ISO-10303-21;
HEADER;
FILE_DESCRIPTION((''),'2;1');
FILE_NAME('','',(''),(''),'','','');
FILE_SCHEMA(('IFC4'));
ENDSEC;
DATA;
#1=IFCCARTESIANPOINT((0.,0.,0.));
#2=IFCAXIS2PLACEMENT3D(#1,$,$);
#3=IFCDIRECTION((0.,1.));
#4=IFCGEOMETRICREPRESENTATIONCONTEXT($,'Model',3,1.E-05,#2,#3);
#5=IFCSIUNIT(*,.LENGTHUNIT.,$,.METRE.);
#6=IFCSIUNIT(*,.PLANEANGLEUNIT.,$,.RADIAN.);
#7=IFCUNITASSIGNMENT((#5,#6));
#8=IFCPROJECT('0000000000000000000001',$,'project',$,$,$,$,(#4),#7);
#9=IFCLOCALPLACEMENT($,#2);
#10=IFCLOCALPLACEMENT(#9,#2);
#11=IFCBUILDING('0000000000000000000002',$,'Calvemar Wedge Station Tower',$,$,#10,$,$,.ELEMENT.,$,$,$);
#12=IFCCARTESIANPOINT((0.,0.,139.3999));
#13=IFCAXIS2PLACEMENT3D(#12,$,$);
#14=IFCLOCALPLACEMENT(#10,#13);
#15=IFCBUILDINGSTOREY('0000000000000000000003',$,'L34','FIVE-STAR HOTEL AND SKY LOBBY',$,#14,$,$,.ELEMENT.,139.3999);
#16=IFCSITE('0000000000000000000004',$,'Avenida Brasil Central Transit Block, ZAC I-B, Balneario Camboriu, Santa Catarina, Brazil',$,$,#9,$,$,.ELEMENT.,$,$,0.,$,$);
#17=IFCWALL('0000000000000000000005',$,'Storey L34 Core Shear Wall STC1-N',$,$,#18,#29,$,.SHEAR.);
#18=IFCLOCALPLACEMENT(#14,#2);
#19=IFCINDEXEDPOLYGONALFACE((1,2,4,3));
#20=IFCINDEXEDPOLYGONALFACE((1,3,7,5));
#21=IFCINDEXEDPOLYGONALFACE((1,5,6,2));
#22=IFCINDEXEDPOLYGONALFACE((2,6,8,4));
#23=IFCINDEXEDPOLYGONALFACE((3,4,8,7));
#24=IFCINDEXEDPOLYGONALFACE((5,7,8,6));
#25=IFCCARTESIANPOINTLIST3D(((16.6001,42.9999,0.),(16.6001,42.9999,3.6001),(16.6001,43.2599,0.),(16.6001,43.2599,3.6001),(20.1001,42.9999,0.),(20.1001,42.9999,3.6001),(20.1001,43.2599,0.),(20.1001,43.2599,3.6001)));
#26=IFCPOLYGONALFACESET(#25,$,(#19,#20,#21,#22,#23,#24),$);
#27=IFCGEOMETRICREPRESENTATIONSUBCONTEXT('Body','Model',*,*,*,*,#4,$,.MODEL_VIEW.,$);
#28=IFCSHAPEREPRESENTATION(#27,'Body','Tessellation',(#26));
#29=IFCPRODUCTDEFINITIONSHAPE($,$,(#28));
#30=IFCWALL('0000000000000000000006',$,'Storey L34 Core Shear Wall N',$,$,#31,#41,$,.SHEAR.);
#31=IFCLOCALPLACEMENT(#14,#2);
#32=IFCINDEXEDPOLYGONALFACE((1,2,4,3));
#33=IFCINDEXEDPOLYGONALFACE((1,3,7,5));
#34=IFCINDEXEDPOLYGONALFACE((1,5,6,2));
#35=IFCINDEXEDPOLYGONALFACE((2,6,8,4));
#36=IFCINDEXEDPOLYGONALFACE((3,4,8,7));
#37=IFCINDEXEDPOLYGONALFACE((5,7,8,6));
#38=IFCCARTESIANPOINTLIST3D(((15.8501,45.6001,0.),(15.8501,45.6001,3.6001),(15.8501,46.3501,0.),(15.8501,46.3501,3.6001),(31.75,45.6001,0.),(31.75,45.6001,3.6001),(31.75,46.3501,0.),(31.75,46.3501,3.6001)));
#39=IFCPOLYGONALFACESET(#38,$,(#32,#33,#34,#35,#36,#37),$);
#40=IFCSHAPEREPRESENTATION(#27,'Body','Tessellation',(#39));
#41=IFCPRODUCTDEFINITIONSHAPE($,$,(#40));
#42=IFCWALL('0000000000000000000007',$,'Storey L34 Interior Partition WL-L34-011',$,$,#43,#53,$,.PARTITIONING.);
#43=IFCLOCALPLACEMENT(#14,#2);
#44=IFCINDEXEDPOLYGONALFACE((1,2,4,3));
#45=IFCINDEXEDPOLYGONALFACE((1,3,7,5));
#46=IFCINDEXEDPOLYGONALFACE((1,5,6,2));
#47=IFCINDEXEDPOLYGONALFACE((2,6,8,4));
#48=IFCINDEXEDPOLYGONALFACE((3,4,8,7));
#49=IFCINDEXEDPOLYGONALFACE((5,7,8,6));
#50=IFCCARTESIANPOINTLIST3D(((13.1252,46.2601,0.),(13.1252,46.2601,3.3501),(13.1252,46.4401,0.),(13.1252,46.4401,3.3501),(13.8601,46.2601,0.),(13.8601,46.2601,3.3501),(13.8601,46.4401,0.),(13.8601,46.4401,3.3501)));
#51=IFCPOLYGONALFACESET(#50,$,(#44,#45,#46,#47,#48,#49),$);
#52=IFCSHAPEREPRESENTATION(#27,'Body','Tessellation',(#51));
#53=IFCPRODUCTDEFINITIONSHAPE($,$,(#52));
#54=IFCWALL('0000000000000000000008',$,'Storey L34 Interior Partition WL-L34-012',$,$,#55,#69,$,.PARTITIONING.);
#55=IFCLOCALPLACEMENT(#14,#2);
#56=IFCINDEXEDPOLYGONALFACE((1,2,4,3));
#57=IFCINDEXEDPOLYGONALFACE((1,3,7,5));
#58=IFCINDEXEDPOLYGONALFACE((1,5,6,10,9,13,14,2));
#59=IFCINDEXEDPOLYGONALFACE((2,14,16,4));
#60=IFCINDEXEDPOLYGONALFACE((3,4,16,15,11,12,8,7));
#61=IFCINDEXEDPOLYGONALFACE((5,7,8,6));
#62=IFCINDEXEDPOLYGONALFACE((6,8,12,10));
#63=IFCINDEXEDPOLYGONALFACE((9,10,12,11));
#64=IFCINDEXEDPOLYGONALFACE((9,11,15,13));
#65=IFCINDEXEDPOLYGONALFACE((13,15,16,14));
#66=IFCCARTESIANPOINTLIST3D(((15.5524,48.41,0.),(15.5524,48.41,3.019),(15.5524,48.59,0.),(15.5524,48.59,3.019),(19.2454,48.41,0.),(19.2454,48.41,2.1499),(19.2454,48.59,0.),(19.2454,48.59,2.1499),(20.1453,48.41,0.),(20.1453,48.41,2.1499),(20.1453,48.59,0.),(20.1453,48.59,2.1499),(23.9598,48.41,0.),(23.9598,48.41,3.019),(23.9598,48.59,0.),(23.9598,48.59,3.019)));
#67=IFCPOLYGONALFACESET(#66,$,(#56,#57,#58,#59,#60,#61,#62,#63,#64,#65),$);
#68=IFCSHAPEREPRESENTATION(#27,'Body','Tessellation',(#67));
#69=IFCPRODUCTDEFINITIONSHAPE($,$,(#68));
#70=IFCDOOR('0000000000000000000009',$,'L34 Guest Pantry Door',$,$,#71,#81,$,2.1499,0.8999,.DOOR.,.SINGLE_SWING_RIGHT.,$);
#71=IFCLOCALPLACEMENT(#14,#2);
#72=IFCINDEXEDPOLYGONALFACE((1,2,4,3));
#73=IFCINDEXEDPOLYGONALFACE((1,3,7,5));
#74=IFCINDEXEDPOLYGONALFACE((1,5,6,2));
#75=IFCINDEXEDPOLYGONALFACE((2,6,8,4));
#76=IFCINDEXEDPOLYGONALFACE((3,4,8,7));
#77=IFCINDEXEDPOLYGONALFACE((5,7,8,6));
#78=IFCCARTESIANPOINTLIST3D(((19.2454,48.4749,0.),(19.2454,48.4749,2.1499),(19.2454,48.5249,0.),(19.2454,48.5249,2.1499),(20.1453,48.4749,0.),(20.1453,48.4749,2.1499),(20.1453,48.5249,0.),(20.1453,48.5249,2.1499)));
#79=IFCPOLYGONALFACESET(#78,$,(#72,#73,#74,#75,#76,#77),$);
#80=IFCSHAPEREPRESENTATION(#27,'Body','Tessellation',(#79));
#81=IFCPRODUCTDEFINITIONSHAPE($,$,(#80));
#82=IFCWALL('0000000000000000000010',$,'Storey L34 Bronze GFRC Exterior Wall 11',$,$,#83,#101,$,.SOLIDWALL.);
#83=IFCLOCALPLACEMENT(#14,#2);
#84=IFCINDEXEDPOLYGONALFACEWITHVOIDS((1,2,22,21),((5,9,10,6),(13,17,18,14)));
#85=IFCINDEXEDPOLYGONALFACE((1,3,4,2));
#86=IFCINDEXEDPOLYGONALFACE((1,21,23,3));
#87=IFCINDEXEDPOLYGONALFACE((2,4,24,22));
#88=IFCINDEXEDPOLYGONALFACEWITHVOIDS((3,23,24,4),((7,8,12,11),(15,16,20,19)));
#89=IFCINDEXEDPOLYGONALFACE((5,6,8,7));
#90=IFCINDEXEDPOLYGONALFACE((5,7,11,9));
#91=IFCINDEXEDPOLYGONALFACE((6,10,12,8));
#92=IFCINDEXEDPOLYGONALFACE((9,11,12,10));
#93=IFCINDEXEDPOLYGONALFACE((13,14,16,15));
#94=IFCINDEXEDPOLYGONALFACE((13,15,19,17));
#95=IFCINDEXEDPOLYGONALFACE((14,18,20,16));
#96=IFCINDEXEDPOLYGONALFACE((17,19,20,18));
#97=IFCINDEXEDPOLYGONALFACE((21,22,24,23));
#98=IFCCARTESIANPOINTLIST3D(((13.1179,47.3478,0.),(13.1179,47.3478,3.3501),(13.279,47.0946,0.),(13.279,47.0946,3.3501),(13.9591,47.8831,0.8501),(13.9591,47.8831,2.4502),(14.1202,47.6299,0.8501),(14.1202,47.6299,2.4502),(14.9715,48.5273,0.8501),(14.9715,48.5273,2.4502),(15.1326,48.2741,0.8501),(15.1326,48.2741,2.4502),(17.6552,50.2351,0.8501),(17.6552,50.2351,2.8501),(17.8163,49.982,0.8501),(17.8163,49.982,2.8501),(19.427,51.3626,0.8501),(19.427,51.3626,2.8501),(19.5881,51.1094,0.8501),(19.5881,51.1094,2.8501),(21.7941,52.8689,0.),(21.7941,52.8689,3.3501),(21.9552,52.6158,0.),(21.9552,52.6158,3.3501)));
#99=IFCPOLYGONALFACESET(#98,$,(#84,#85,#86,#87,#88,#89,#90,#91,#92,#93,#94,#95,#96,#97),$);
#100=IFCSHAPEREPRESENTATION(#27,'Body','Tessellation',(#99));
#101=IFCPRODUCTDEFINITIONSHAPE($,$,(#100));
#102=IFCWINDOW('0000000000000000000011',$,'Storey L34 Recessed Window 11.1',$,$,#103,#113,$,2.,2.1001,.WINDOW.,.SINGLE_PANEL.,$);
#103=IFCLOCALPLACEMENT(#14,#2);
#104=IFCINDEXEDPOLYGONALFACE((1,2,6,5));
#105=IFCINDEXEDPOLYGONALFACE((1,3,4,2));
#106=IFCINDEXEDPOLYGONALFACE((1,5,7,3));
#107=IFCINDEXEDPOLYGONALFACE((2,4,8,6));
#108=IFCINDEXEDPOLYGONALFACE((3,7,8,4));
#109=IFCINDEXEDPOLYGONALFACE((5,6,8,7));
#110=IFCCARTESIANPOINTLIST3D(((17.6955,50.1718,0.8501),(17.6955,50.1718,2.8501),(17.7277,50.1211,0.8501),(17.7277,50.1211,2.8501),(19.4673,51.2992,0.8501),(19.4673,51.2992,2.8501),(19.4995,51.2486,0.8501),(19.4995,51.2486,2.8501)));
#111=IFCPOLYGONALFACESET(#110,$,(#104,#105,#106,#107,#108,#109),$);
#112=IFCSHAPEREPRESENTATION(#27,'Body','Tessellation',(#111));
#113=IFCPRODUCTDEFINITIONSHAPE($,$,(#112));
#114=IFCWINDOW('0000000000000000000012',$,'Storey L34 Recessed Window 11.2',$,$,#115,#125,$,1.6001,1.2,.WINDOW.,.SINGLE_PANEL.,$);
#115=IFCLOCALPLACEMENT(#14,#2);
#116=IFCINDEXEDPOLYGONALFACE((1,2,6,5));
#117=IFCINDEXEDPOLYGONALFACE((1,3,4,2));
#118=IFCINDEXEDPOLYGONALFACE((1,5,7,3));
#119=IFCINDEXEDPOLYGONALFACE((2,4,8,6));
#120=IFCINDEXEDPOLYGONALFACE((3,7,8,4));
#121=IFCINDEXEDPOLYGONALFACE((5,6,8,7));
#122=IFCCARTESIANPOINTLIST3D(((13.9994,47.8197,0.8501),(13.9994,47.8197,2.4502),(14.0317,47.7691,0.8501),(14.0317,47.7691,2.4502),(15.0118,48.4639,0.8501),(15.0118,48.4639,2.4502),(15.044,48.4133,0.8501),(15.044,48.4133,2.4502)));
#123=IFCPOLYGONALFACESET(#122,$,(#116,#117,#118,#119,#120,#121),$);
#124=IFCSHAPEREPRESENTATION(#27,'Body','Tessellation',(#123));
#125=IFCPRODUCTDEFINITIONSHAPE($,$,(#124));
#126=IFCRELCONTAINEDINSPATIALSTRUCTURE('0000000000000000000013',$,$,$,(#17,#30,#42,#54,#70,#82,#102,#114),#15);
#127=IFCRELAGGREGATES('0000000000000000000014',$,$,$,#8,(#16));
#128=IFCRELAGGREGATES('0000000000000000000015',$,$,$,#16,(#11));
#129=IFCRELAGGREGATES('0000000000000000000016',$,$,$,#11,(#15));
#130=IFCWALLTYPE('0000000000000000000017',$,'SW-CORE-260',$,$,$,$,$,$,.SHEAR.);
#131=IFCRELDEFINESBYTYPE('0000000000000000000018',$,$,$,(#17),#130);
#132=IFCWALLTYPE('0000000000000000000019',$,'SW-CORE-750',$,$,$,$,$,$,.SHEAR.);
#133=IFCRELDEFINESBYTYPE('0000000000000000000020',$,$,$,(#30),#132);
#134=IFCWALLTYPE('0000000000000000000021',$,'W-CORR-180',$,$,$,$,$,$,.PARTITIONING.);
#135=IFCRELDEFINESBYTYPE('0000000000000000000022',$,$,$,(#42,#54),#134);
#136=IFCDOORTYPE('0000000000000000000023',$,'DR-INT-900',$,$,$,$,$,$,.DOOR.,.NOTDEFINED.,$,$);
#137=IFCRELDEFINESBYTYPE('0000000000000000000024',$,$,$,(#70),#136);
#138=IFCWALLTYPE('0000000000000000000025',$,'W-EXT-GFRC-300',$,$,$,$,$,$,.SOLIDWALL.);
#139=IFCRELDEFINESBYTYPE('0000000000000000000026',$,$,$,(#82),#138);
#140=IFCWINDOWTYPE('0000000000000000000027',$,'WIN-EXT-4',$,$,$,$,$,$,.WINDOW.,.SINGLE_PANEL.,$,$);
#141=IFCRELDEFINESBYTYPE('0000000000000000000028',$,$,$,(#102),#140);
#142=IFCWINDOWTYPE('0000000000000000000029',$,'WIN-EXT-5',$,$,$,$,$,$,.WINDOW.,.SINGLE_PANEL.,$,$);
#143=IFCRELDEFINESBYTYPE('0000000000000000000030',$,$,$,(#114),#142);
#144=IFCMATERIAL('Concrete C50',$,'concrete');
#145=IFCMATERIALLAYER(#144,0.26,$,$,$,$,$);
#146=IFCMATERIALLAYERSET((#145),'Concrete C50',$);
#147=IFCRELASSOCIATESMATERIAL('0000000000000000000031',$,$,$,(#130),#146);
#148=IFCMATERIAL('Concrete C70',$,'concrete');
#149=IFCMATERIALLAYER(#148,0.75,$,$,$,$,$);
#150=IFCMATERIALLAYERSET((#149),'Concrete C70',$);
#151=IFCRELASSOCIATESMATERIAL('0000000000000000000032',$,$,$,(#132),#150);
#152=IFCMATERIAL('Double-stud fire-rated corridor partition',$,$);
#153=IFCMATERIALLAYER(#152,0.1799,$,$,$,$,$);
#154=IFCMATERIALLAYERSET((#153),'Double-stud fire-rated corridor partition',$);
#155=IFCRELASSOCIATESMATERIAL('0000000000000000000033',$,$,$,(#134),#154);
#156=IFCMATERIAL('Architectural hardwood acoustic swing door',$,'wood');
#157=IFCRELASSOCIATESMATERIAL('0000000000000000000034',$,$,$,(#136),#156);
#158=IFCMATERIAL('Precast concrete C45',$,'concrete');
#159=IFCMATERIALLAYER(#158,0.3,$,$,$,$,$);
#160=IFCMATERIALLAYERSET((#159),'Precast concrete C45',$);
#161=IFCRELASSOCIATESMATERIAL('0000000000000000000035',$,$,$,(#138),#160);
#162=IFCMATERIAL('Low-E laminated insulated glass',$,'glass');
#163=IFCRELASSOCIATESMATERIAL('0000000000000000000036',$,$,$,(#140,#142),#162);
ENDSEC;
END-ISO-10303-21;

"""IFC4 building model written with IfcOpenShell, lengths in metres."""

from ifc_helpers import new_model, si_unit, direction, frame, frame_2d, origin, place, context, subcontext, project, spatial, rectangle, extrude, source, transform, mapped, material, layer, layer_set, type_object, element, fill, save


model = new_model("IFC4")

# Units and contexts
model_context = context("Model", 3, precision=1e-05, world=origin(), true_north=direction((0.0, 1.0)))
body_context = subcontext(model_context, "Body", "Model", "MODEL_VIEW")
ifc_project = project(units=[si_unit("LENGTHUNIT", "METRE"), si_unit("PLANEANGLEUNIT", "RADIAN")], contexts=[model_context])

# Site, building, storey
site_placement = place(None, origin())
site = spatial("IfcSite", under=ifc_project, at=site_placement, Name="Avenida Brasil Central Transit Block, ZAC I-B, Balneario Camboriu, Santa Catarina, Brazil", CompositionType="ELEMENT", RefElevation=0.0)
building_placement = place(site_placement, origin())
building = spatial("IfcBuilding", under=site, at=building_placement, Name="Calvemar Wedge Station Tower", CompositionType="ELEMENT")
storey_placement = place(building_placement, frame((0.0, 0.0, 139.3999)))
storey = spatial("IfcBuildingStorey", under=building, at=storey_placement, Name="L34", Description="FIVE-STAR HOTEL AND SKY LOBBY", CompositionType="ELEMENT", Elevation=139.3999)

# Walls
ifc_material_1 = material(Name="Concrete C50", Category="concrete")
ifc_layer_1 = layer(ifc_material_1, 0.26)
ifc_layer_set_1 = layer_set([ifc_layer_1], Name="Concrete C50")
wall_type_1 = type_object("IfcWallType", Name="SW-CORE-260", PredefinedType="SHEAR", material=ifc_layer_set_1)
wall_1_placement = place(storey_placement, frame((16.6001, 43.1299, 0.0), z_axis=(0.0, 0.0, 1.0), x_axis=(1.0, 0.0, 0.0)))
element("IfcWall", 1, at=wall_1_placement, inside=storey, type_object=wall_type_1, Name="Storey L34 Core Shear Wall STC1-N", PredefinedType="SHEAR", context=body_context, shape_type="SweptSolid", body=[
    extrude(rectangle(XDim=3.5, YDim=0.26, at=frame_2d((1.75, 0.0))), origin(), (0.0, 0.0, 1.0), 3.6001),
])
ifc_material_2 = material(Name="Concrete C70", Category="concrete")
ifc_layer_2 = layer(ifc_material_2, 0.75)
ifc_layer_set_2 = layer_set([ifc_layer_2], Name="Concrete C70")
wall_type_2 = type_object("IfcWallType", Name="SW-CORE-750", PredefinedType="SHEAR", material=ifc_layer_set_2)
wall_2_placement = place(storey_placement, frame((15.8501, 45.9751, 0.0), z_axis=(0.0, 0.0, 1.0), x_axis=(1.0, 0.0, 0.0)))
element("IfcWall", 2, at=wall_2_placement, inside=storey, type_object=wall_type_2, Name="Storey L34 Core Shear Wall N", PredefinedType="SHEAR", context=body_context, shape_type="SweptSolid", body=[
    extrude(rectangle(XDim=15.8999, YDim=0.75, at=frame_2d((7.95, 0.0))), origin(), (0.0, 0.0, 1.0), 3.6001),
])
ifc_material_3 = material(Name="Double-stud fire-rated corridor partition")
ifc_layer_3 = layer(ifc_material_3, 0.1799)
ifc_layer_set_3 = layer_set([ifc_layer_3], Name="Double-stud fire-rated corridor partition")
wall_type_3 = type_object("IfcWallType", Name="W-CORR-180", PredefinedType="PARTITIONING", material=ifc_layer_set_3)
wall_3_placement = place(storey_placement, frame((13.8601, 46.3501, 0.0), z_axis=(0.0, 0.0, 1.0), x_axis=(-1.0, 0.0, 0.0)))
element("IfcWall", 3, at=wall_3_placement, inside=storey, type_object=wall_type_3, Name="Storey L34 Interior Partition WL-L34-011", PredefinedType="PARTITIONING", context=body_context, shape_type="SweptSolid", body=[
    extrude(rectangle(XDim=0.7349, YDim=0.1799, at=frame_2d((0.3674, 0.0))), origin(), (0.0, 0.0, 1.0), 3.3501),
])

# Wall, opening, door
wall_4_placement = place(storey_placement, frame((15.5525, 48.5, 0.0), z_axis=(0.0, 0.0, 1.0), x_axis=(1.0, 0.0, 0.0)))
wall_4 = element("IfcWall", 4, at=wall_4_placement, inside=storey, type_object=wall_type_3, Name="Storey L34 Interior Partition WL-L34-012", PredefinedType="PARTITIONING", context=body_context, shape_type="SweptSolid", body=[
    extrude(rectangle(XDim=8.4075, YDim=0.1799, at=frame_2d((4.2036, 0.0))), origin(), (0.0, 0.0, 1.0), 3.019),
])
shared_shape_1 = source(origin(), body_context, "Body", "SweptSolid", [
    extrude(rectangle(XDim=0.8999, YDim=2.1499, at=frame_2d((0.45, 1.075))), frame((0.0, 0.1001, 0.0), z_axis=(0.0, -1.0, 0.0), x_axis=(1.0, 0.0, 0.0)), (0.0, 0.0, 1.0), 0.2),
])
opening_1_placement = place(wall_4_placement, frame((3.6929, 0.0, 0.0)))
opening_1 = element("IfcOpeningElement", 5, at=opening_1_placement, cuts=wall_4, PredefinedType="OPENING", context=body_context, shape_type="MappedRepresentation", body=[
    mapped(shared_shape_1, transform((0.0, 0.0, 0.0), scale=1.0)),
])
ifc_material_4 = material(Name="Architectural hardwood acoustic swing door", Category="wood")
door_type_1 = type_object("IfcDoorType", Name="DR-INT-900", OperationType="NOTDEFINED", PredefinedType="DOOR", material=ifc_material_4)
shared_shape_2 = source(origin(), body_context, "Body", "SweptSolid", [
    extrude(rectangle(XDim=0.8999, YDim=2.1499, at=frame_2d((0.45, 1.075))), frame((0.0, 0.0249, 0.0), z_axis=(0.0, -1.0, 0.0), x_axis=(1.0, 0.0, 0.0)), (0.0, 0.0, 1.0), 0.05),
])
door_1_placement = place(opening_1_placement, origin())
door_1 = element("IfcDoor", 6, at=door_1_placement, inside=storey, type_object=door_type_1, Name="L34 Guest Pantry Door", OperationType="SINGLE_SWING_RIGHT", OverallHeight=2.1499, OverallWidth=0.8999, PredefinedType="DOOR", context=body_context, shape_type="MappedRepresentation", body=[
    mapped(shared_shape_2, transform((0.0, 0.0, 0.0), scale=1.0)),
])
fill(opening_1, door_1)

# Wall, openings, windows
ifc_material_5 = material(Name="Precast concrete C45", Category="concrete")
ifc_layer_4 = layer(ifc_material_5, 0.3)
ifc_layer_set_4 = layer_set([ifc_layer_4], Name="Precast concrete C45")
wall_type_4 = type_object("IfcWallType", Name="W-EXT-GFRC-300", PredefinedType="SOLIDWALL", material=ifc_layer_set_4)
wall_5_placement = place(storey_placement, frame((21.8748, 52.7424, 0.0), z_axis=(0.0, 0.0, 1.0), x_axis=(-0.843662, -0.536874, 0.0)))
wall_5 = element("IfcWall", 7, at=wall_5_placement, inside=storey, type_object=wall_type_4, Name="Storey L34 Bronze GFRC Exterior Wall 11", PredefinedType="SOLIDWALL", context=body_context, shape_type="SweptSolid", body=[
    extrude(rectangle(XDim=10.2839, YDim=0.3, at=frame_2d((5.1421, 0.0))), origin(), (0.0, 0.0, 1.0), 3.3501),
])
shared_shape_3 = source(origin(), body_context, "Body", "SweptSolid", [
    extrude(rectangle(XDim=2.1001, YDim=2.0, at=frame_2d((1.05, 1.0))), frame((0.0, 0.1602, 0.0), z_axis=(0.0, -1.0, 0.0), x_axis=(1.0, 0.0, 0.0)), (0.0, 0.0, 1.0), 0.3201),
])
opening_2_placement = place(wall_5_placement, frame((2.8059, 0.0, 0.8501)))
opening_2 = element("IfcOpeningElement", 8, at=opening_2_placement, cuts=wall_5, PredefinedType="OPENING", context=body_context, shape_type="MappedRepresentation", body=[
    mapped(shared_shape_3, transform((0.0, 0.0, 0.0), scale=1.0)),
])
shared_shape_4 = source(origin(), body_context, "Body", "SweptSolid", [
    extrude(rectangle(XDim=1.2, YDim=1.6001, at=frame_2d((0.6001, 0.8))), frame((0.0, 0.1602, 0.0), z_axis=(0.0, -1.0, 0.0), x_axis=(1.0, 0.0, 0.0)), (0.0, 0.0, 1.0), 0.3201),
])
opening_3_placement = place(wall_5_placement, frame((8.0869, 0.0, 0.8501)))
opening_3 = element("IfcOpeningElement", 9, at=opening_3_placement, cuts=wall_5, PredefinedType="OPENING", context=body_context, shape_type="MappedRepresentation", body=[
    mapped(shared_shape_4, transform((0.0, 0.0, 0.0), scale=1.0)),
])
ifc_material_6 = material(Name="Low-E laminated insulated glass", Category="glass")
window_type_1 = type_object("IfcWindowType", Name="WIN-EXT-4", PartitioningType="SINGLE_PANEL", PredefinedType="WINDOW", material=ifc_material_6)
shared_shape_5 = source(origin(), body_context, "Body", "SweptSolid", [
    extrude(rectangle(XDim=2.1001, YDim=2.0, at=frame_2d((1.05, 1.0))), frame((0.0, -0.0149, 0.0), z_axis=(0.0, -1.0, 0.0), x_axis=(1.0, 0.0, 0.0)), (0.0, 0.0, 1.0), 0.0601),
])
window_1_placement = place(opening_2_placement, origin())
window_1 = element("IfcWindow", 10, at=window_1_placement, inside=storey, type_object=window_type_1, Name="Storey L34 Recessed Window 11.1", OverallHeight=2.0, OverallWidth=2.1001, PartitioningType="SINGLE_PANEL", PredefinedType="WINDOW", context=body_context, shape_type="MappedRepresentation", body=[
    mapped(shared_shape_5, transform((0.0, 0.0, 0.0), scale=1.0)),
])
fill(opening_2, window_1)
window_type_2 = type_object("IfcWindowType", Name="WIN-EXT-5", PartitioningType="SINGLE_PANEL", PredefinedType="WINDOW", material=ifc_material_6)
shared_shape_6 = source(origin(), body_context, "Body", "SweptSolid", [
    extrude(rectangle(XDim=1.2, YDim=1.6001, at=frame_2d((0.6001, 0.8))), frame((0.0, -0.0149, 0.0), z_axis=(0.0, -1.0, 0.0), x_axis=(1.0, 0.0, 0.0)), (0.0, 0.0, 1.0), 0.0601),
])
window_2_placement = place(opening_3_placement, origin())
window_2 = element("IfcWindow", 11, at=window_2_placement, inside=storey, type_object=window_type_2, Name="Storey L34 Recessed Window 11.2", OverallHeight=1.6001, OverallWidth=1.2, PartitioningType="SINGLE_PANEL", PredefinedType="WINDOW", context=body_context, shape_type="MappedRepresentation", body=[
    mapped(shared_shape_6, transform((0.0, 0.0, 0.0), scale=1.0)),
])
fill(opening_3, window_2)

save(model, "model.ifc")
